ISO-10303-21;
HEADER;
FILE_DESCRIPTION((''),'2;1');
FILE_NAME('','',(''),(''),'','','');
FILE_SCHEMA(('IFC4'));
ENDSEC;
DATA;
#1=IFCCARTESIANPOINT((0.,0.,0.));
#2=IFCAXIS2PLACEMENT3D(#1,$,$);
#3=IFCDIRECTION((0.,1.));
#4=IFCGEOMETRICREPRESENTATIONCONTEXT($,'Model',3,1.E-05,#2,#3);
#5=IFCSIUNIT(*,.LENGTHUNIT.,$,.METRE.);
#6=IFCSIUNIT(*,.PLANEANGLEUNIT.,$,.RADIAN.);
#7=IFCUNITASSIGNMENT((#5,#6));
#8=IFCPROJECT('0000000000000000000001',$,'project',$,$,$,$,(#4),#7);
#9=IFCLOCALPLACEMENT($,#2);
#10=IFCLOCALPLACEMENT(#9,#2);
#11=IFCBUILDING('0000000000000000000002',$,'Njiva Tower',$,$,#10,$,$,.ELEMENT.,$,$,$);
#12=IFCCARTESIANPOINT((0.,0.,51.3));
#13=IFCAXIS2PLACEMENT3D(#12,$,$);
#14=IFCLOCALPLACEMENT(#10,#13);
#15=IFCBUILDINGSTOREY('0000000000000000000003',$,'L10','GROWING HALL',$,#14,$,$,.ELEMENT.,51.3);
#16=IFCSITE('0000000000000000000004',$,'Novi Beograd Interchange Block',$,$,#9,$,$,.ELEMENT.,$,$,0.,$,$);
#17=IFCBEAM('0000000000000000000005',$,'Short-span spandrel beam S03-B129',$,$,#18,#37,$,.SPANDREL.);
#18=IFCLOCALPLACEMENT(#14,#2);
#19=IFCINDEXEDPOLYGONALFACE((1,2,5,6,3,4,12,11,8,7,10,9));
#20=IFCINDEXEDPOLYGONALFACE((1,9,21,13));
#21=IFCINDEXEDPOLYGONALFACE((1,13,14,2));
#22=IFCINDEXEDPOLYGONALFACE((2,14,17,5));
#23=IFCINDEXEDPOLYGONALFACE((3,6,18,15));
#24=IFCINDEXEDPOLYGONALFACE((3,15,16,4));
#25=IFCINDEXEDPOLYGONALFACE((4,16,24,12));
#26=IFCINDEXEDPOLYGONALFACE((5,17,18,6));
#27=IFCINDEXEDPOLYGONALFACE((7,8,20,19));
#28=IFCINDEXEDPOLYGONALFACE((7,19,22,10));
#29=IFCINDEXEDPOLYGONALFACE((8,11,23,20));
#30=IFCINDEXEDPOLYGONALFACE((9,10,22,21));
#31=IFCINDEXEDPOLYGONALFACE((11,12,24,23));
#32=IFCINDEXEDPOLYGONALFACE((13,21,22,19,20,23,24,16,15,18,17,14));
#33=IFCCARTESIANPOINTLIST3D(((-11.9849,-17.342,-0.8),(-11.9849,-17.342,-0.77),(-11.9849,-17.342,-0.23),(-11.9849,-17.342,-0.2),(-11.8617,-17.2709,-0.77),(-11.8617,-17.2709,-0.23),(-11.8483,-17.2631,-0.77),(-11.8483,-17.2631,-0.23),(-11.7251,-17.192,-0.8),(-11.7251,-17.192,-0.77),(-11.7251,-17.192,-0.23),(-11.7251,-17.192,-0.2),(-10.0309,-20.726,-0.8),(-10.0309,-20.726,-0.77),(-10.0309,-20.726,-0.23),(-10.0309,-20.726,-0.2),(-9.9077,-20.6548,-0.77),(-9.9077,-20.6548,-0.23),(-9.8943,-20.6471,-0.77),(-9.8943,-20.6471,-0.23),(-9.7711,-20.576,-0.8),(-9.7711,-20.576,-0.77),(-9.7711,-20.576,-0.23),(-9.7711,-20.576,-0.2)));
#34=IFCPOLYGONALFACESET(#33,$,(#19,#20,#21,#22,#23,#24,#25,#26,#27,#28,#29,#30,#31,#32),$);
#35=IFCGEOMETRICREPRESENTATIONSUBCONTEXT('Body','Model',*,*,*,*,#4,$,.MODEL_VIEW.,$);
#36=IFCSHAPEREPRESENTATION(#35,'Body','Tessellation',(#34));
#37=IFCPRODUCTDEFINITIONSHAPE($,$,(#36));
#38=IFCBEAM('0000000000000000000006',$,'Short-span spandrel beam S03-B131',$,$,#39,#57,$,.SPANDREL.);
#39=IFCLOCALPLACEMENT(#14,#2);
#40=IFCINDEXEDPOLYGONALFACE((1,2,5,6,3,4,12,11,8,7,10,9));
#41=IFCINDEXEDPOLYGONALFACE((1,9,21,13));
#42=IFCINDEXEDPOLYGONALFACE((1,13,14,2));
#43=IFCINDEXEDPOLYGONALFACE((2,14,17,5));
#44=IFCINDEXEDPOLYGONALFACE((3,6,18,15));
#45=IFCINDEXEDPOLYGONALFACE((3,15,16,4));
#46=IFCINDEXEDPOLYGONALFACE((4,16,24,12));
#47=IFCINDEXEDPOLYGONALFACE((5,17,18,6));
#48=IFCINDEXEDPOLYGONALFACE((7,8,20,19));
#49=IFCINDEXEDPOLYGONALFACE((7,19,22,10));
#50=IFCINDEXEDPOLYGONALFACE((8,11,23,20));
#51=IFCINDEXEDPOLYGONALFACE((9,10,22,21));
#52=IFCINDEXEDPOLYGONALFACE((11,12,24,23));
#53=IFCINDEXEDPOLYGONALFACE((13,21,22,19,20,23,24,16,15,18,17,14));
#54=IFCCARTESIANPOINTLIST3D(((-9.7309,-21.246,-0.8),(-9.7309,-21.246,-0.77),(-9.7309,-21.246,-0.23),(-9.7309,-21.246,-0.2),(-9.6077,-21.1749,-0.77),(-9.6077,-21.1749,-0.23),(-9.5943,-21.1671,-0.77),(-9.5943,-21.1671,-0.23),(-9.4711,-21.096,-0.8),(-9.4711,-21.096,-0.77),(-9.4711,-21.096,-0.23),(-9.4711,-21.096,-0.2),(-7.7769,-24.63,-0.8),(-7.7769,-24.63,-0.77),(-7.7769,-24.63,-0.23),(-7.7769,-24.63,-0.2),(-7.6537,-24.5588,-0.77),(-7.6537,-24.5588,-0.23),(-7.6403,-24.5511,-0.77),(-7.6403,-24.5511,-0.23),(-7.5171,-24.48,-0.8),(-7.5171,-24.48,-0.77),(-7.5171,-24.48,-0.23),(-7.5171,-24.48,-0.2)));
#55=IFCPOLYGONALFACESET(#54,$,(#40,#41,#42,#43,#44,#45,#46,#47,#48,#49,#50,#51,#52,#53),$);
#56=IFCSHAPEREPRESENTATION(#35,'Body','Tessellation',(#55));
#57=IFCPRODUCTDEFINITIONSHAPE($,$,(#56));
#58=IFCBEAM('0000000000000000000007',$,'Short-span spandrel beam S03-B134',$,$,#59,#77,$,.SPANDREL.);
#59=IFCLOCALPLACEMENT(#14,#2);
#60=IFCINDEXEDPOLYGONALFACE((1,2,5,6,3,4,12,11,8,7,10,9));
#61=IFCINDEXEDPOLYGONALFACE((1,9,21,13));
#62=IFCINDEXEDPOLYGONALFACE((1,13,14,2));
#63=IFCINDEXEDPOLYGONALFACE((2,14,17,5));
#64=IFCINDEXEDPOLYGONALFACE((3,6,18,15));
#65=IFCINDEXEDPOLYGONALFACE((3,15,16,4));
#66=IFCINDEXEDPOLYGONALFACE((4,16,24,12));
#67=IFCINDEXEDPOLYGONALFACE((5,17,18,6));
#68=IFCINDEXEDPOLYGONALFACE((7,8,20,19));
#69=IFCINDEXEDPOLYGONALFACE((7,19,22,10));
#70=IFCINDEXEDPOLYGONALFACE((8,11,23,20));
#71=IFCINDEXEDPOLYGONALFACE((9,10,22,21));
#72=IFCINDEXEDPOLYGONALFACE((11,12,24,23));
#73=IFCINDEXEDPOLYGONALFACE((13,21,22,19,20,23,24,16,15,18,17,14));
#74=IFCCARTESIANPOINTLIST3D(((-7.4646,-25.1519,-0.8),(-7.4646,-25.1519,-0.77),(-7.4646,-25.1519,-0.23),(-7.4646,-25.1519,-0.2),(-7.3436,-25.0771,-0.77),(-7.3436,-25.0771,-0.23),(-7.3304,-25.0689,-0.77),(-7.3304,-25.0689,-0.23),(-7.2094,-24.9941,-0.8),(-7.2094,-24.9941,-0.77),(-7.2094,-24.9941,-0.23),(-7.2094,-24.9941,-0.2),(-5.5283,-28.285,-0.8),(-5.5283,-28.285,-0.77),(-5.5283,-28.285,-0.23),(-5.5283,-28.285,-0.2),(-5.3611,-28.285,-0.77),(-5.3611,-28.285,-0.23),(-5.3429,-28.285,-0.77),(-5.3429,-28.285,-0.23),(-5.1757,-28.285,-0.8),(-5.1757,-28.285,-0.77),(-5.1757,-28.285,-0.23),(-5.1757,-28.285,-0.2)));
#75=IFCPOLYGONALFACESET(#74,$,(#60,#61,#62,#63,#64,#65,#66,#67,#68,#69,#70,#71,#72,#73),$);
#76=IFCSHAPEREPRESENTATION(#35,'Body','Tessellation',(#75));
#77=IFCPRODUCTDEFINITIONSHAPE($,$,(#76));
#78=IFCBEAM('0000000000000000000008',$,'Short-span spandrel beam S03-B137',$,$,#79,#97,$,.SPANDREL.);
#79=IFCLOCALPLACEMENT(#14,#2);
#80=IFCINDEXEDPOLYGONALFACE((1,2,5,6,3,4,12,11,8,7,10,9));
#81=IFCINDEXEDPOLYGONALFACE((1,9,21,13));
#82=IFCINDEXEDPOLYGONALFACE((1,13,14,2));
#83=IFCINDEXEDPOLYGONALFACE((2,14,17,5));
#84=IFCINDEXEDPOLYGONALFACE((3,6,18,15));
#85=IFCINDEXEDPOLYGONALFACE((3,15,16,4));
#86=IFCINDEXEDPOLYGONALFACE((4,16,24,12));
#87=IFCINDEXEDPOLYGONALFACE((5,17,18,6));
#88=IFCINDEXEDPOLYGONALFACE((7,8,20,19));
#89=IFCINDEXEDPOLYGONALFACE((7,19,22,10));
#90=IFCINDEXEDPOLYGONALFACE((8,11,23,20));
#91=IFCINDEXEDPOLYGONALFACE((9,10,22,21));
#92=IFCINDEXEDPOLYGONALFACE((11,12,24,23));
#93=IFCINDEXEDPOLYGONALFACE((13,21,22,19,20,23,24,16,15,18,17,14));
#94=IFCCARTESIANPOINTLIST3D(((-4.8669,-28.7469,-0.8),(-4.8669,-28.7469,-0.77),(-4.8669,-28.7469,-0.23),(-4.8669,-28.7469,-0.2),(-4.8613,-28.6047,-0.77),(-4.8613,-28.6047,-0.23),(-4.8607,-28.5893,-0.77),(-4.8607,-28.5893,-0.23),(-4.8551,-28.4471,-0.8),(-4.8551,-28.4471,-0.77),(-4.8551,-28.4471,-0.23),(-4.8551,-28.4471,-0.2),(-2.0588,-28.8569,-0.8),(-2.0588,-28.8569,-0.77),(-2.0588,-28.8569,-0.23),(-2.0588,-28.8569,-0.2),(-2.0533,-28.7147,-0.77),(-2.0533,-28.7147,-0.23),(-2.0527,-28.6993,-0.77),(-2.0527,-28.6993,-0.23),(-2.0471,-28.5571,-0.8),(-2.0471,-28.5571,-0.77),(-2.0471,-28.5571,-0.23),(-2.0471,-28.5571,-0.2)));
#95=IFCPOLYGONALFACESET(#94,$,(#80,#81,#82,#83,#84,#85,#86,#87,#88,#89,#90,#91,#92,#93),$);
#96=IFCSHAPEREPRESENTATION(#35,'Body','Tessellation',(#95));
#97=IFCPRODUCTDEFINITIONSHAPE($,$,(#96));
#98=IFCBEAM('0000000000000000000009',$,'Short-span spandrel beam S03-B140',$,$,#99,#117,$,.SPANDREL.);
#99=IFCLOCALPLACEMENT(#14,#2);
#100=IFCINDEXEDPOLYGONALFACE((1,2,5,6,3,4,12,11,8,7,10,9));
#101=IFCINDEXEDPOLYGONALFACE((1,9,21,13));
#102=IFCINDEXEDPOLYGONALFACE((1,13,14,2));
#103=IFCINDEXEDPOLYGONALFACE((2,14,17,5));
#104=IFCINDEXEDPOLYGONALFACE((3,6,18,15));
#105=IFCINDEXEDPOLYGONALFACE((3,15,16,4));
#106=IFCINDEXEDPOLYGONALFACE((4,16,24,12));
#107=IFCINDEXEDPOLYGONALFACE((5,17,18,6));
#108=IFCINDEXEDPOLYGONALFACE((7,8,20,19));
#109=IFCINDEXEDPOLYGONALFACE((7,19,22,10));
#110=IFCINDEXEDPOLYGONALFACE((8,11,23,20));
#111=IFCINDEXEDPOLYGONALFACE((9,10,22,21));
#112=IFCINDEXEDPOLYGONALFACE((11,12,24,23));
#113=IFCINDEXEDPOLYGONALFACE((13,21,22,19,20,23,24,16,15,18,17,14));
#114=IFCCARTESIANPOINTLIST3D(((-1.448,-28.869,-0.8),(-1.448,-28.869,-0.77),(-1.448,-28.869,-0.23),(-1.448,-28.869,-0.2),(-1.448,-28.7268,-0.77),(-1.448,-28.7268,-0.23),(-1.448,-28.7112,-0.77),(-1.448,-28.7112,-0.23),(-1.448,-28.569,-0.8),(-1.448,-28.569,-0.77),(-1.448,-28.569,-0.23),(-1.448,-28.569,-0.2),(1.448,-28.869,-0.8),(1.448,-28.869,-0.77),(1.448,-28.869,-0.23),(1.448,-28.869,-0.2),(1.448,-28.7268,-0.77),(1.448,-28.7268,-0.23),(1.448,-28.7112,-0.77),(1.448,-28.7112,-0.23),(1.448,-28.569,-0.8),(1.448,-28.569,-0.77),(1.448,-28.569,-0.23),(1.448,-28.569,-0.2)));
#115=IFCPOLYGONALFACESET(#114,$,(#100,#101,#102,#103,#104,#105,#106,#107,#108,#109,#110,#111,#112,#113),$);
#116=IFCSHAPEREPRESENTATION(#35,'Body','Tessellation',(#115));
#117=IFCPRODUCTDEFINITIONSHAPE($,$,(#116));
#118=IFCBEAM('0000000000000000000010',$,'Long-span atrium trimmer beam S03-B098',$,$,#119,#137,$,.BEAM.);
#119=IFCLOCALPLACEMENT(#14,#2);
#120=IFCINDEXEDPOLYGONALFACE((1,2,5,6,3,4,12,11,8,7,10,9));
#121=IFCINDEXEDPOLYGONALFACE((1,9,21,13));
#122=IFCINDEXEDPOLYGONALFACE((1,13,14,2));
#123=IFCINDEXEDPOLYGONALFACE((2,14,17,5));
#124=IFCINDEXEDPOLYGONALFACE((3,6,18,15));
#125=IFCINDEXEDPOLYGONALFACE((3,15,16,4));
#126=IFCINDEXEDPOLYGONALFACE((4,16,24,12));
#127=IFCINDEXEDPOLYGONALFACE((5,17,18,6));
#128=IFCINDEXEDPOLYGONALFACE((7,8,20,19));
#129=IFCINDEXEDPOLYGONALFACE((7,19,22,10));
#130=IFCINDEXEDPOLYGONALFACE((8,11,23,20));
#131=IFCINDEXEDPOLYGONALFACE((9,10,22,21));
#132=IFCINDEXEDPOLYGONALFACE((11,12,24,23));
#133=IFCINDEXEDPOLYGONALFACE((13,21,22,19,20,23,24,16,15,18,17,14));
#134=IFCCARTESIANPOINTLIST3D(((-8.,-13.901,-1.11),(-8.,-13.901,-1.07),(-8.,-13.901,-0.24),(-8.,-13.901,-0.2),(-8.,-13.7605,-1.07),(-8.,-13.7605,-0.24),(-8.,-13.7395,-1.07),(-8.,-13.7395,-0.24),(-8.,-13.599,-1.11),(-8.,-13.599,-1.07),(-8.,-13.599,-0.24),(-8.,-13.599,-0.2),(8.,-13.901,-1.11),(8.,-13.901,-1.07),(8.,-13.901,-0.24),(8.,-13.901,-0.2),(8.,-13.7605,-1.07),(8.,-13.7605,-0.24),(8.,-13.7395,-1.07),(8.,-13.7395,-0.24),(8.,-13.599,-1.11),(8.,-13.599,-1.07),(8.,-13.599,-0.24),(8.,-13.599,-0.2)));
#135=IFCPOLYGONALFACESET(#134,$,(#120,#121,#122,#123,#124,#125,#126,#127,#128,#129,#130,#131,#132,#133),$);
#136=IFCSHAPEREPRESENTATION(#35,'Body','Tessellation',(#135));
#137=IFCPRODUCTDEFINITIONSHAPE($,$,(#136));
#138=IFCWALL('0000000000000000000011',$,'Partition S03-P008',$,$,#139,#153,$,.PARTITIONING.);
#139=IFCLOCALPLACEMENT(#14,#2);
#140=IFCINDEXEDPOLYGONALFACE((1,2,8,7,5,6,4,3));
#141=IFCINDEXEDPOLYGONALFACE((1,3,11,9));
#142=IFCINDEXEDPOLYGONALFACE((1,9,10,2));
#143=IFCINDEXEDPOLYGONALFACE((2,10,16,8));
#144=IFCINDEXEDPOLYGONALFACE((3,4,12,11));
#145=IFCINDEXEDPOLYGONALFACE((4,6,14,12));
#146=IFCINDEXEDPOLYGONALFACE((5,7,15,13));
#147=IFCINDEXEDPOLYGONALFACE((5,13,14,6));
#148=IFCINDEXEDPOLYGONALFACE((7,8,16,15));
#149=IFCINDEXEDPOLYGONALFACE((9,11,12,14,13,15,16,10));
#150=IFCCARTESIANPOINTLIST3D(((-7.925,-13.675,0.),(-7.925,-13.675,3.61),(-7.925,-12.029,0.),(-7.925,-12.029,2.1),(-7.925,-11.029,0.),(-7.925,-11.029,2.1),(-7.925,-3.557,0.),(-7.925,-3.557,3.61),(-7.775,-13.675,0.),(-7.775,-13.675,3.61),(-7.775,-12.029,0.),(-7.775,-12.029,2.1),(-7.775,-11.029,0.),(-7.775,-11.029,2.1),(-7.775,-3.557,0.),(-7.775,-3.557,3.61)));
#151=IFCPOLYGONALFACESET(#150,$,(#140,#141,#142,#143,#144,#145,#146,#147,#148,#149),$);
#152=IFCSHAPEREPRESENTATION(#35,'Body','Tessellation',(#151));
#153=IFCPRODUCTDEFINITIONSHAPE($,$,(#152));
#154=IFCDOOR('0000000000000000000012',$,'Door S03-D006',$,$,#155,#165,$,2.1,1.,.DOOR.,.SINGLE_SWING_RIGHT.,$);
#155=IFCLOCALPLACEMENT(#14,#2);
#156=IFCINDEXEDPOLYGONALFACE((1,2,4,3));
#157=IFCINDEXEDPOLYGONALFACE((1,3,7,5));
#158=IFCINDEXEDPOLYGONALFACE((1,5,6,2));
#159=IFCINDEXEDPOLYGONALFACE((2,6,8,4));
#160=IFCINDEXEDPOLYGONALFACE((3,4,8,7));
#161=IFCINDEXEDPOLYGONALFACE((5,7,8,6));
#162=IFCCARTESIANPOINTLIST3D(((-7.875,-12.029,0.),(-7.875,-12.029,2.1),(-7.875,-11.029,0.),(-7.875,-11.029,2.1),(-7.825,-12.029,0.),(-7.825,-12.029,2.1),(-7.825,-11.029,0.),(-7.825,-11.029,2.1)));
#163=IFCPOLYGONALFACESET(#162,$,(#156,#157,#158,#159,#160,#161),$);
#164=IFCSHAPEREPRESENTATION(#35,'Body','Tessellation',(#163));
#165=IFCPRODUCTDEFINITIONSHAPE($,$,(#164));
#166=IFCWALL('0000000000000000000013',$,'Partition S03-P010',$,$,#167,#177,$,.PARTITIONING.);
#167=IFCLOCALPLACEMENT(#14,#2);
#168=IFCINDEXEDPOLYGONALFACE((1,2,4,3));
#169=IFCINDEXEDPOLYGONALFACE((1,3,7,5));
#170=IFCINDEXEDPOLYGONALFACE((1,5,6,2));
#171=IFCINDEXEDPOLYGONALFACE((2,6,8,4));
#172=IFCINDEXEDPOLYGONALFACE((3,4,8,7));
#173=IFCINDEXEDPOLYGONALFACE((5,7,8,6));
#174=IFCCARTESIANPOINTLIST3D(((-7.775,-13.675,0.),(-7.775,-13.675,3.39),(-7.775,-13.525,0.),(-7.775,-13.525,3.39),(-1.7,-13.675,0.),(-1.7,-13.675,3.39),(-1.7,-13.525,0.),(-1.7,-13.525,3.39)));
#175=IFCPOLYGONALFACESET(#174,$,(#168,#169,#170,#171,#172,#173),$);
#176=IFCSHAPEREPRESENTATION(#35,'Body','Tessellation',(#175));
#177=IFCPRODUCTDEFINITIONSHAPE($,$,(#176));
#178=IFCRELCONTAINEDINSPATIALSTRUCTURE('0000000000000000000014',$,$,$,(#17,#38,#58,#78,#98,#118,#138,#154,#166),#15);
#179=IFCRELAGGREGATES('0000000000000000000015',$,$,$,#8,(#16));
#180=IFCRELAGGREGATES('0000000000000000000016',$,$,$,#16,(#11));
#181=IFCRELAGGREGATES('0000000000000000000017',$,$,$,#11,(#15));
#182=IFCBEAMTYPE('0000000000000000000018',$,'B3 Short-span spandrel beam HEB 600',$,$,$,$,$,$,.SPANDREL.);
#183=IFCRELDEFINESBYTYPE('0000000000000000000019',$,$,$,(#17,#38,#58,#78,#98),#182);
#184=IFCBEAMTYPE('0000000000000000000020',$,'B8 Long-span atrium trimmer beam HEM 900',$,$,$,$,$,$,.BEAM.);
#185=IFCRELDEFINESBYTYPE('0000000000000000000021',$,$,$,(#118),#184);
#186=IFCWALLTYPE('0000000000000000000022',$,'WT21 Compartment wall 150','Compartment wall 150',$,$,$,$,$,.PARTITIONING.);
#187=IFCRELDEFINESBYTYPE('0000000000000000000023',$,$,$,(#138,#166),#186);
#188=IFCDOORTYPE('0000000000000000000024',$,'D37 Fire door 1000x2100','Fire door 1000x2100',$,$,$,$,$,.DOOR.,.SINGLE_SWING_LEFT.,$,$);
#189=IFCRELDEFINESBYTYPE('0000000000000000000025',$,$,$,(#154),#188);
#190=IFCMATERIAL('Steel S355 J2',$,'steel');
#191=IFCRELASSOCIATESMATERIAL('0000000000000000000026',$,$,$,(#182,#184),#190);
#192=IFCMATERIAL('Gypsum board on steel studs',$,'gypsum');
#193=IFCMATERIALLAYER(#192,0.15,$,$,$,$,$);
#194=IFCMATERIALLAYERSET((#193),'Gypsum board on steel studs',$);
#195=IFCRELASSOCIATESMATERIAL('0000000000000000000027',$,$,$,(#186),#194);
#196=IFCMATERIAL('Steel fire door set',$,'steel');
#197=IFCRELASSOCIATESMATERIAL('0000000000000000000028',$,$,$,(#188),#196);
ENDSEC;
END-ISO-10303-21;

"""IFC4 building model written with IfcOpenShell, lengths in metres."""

from ifc_helpers import new_model, si_unit, direction, frame, frame_2d, origin, origin_2d, place, context, subcontext, project, spatial, rectangle, i_section, extrude, clip, halfspace, material, layer, layer_set, material_profile, profile_set, type_object, element, fill, save


model = new_model("IFC4")

# Units and contexts
model_context = context("Model", 3, precision=1e-05, world=origin(), true_north=direction((0.0, 1.0)))
body_context = subcontext(model_context, "Body", "Model", "MODEL_VIEW")
ifc_project = project(units=[si_unit("LENGTHUNIT", "METRE"), si_unit("PLANEANGLEUNIT", "RADIAN")], contexts=[model_context])

# Site, building, storey
site_placement = place(None, origin())
site = spatial("IfcSite", under=ifc_project, at=site_placement, Name="Novi Beograd Interchange Block", CompositionType="ELEMENT", RefElevation=0.0)
building_placement = place(site_placement, origin())
building = spatial("IfcBuilding", under=site, at=building_placement, Name="Njiva Tower", CompositionType="ELEMENT")
storey_placement = place(building_placement, frame((0.0, 0.0, 51.3)))
storey = spatial("IfcBuildingStorey", under=building, at=storey_placement, Name="L10", Description="GROWING HALL", CompositionType="ELEMENT", Elevation=51.3)

# Shared definitions
ifc_material_1 = material(Name="Steel S355 J2", Category="steel")

# Beams
ifc_material_profile_1 = material_profile(ifc_material_1, i_section(OverallWidth=0.3, OverallDepth=0.6, WebThickness=0.0155, FlangeThickness=0.03, at=origin_2d()), Name="HEB 600")
ifc_profile_set_1 = profile_set([ifc_material_profile_1], Name="Steel S355 J2")
beam_type_1 = type_object("IfcBeamType", Name="B3 Short-span spandrel beam HEB 600", PredefinedType="SPANDREL", material=ifc_profile_set_1)
for number, where, z_axis, x_axis, name in (
    (1, (-11.855, -17.267, -0.5), (0.500047, -0.865998, 0.0), (0.865998, 0.500047, 0.0), "Short-span spandrel beam S03-B129"),
    (2, (-9.601, -21.171, -0.5), (0.500047, -0.865998, 0.0), (0.865998, 0.500047, 0.0), "Short-span spandrel beam S03-B131"),
):
    element("IfcBeam", number, at=place(storey_placement, frame(where, z_axis=z_axis, x_axis=x_axis)), inside=storey, type_object=beam_type_1, Name=name, PredefinedType="SPANDREL", context=body_context, shape_type="SweptSolid", body=[
        extrude(i_section(OverallWidth=0.3, OverallDepth=0.6, WebThickness=0.0155, FlangeThickness=0.03, at=origin_2d()), origin(), (0.0, 0.0, 1.0), 3.9076),
    ])
beam_1_placement = place(storey_placement, frame((-7.337, -25.073, -0.5), z_axis=(0.525707, -0.850666, 0.0), x_axis=(0.850666, 0.525707, 0.0)))
element("IfcBeam", 3, at=beam_1_placement, inside=storey, type_object=beam_type_1, Name="Short-span spandrel beam S03-B134", PredefinedType="SPANDREL", context=body_context, shape_type="Clipping", body=[
    clip(extrude(i_section(OverallWidth=0.3, OverallDepth=0.6, WebThickness=0.0155, FlangeThickness=0.03, at=origin_2d()), origin(), (0.0, 0.0, 1.0), 3.8889), halfspace(frame((-0.0263, 0.0, 3.7596), z_axis=(-0.525707, 0.0, 0.850666), x_axis=(0.0, 1.0, 0.0)), False)),
])
beam_2_placement = place(storey_placement, frame((-4.861, -28.597, -0.5), z_axis=(0.999234, -0.039144, 0.0), x_axis=(0.039144, 0.999234, 0.0)))
element("IfcBeam", 4, at=beam_2_placement, inside=storey, type_object=beam_type_1, Name="Short-span spandrel beam S03-B137", PredefinedType="SPANDREL", context=body_context, shape_type="SweptSolid", body=[
    extrude(i_section(OverallWidth=0.3, OverallDepth=0.6, WebThickness=0.0155, FlangeThickness=0.03, at=origin_2d()), origin(), (0.0, 0.0, 1.0), 2.8102),
])
beam_3_placement = place(storey_placement, frame((-1.448, -28.719, -0.5), z_axis=(1.0, 0.0, 0.0), x_axis=(0.0, 1.0, 0.0)))
element("IfcBeam", 5, at=beam_3_placement, inside=storey, type_object=beam_type_1, Name="Short-span spandrel beam S03-B140", PredefinedType="SPANDREL", context=body_context, shape_type="SweptSolid", body=[
    extrude(i_section(OverallWidth=0.3, OverallDepth=0.6, WebThickness=0.0155, FlangeThickness=0.03, at=origin_2d()), origin(), (0.0, 0.0, 1.0), 2.896),
])
ifc_material_profile_2 = material_profile(ifc_material_1, i_section(OverallWidth=0.302, OverallDepth=0.91, WebThickness=0.021, FlangeThickness=0.04, at=origin_2d()), Name="HEM 900")
ifc_profile_set_2 = profile_set([ifc_material_profile_2], Name="Steel S355 J2")
beam_type_2 = type_object("IfcBeamType", Name="B8 Long-span atrium trimmer beam HEM 900", PredefinedType="BEAM", material=ifc_profile_set_2)
beam_4_placement = place(storey_placement, frame((-8.0, -13.75, -0.655), z_axis=(1.0, 0.0, 0.0), x_axis=(0.0, 1.0, 0.0)))
element("IfcBeam", 6, at=beam_4_placement, inside=storey, type_object=beam_type_2, Name="Long-span atrium trimmer beam S03-B098", PredefinedType="BEAM", context=body_context, shape_type="SweptSolid", body=[
    extrude(i_section(OverallWidth=0.302, OverallDepth=0.91, WebThickness=0.021, FlangeThickness=0.04, at=origin_2d()), origin(), (0.0, 0.0, 1.0), 16.0),
])

# Wall, opening, door
ifc_material_2 = material(Name="Gypsum board on steel studs", Category="gypsum")
ifc_layer_1 = layer(ifc_material_2, 0.15)
ifc_layer_set_1 = layer_set([ifc_layer_1], Name="Gypsum board on steel studs")
wall_type_1 = type_object("IfcWallType", Name="WT21 Compartment wall 150", Description="Compartment wall 150", PredefinedType="PARTITIONING", material=ifc_layer_set_1)
wall_1_placement = place(storey_placement, frame((-7.85, -13.675, 0.0), z_axis=(0.0, 0.0, 1.0), x_axis=(0.0, 1.0, 0.0)))
wall_1 = element("IfcWall", 7, at=wall_1_placement, inside=storey, type_object=wall_type_1, Name="Partition S03-P008", PredefinedType="PARTITIONING", context=body_context, shape_type="SweptSolid", body=[
    extrude(rectangle(XDim=10.118, YDim=0.15, at=frame_2d((5.059, 0.0))), origin(), (0.0, 0.0, 1.0), 3.61),
])
opening_1_placement = place(wall_1_placement, frame((1.646, 0.0, 0.0)))
opening_1 = element("IfcOpeningElement", 8, at=opening_1_placement, cuts=wall_1, PredefinedType="OPENING", context=body_context, shape_type="SweptSolid", body=[
    extrude(rectangle(XDim=1.0, YDim=2.1, at=frame_2d((0.5, 1.05))), frame((0.0, 0.085, 0.0), z_axis=(0.0, -1.0, 0.0), x_axis=(1.0, 0.0, 0.0)), (0.0, 0.0, 1.0), 0.17),
])
ifc_material_3 = material(Name="Steel fire door set", Category="steel")
door_type = type_object("IfcDoorType", Name="D37 Fire door 1000x2100", Description="Fire door 1000x2100", OperationType="SINGLE_SWING_LEFT", PredefinedType="DOOR", material=ifc_material_3)
door_placement = place(opening_1_placement, origin())
door = element("IfcDoor", 9, at=door_placement, inside=storey, type_object=door_type, Name="Door S03-D006", OperationType="SINGLE_SWING_RIGHT", OverallHeight=2.1, OverallWidth=1.0, PredefinedType="DOOR", context=body_context, shape_type="SweptSolid", body=[
    extrude(rectangle(XDim=1.0, YDim=2.1, at=frame_2d((0.5, 1.05))), frame((0.0, 0.025, 0.0), z_axis=(0.0, -1.0, 0.0), x_axis=(1.0, 0.0, 0.0)), (0.0, 0.0, 1.0), 0.05),
])
fill(opening_1, door)

# Wall
wall_2_placement = place(storey_placement, frame((-7.775, -13.6, 0.0), z_axis=(0.0, 0.0, 1.0), x_axis=(1.0, 0.0, 0.0)))
element("IfcWall", 10, at=wall_2_placement, inside=storey, type_object=wall_type_1, Name="Partition S03-P010", PredefinedType="PARTITIONING", context=body_context, shape_type="SweptSolid", body=[
    extrude(rectangle(XDim=6.075, YDim=0.15, at=frame_2d((3.0375, 0.0))), origin(), (0.0, 0.0, 1.0), 3.39),
])

save(model, "model.ifc")
